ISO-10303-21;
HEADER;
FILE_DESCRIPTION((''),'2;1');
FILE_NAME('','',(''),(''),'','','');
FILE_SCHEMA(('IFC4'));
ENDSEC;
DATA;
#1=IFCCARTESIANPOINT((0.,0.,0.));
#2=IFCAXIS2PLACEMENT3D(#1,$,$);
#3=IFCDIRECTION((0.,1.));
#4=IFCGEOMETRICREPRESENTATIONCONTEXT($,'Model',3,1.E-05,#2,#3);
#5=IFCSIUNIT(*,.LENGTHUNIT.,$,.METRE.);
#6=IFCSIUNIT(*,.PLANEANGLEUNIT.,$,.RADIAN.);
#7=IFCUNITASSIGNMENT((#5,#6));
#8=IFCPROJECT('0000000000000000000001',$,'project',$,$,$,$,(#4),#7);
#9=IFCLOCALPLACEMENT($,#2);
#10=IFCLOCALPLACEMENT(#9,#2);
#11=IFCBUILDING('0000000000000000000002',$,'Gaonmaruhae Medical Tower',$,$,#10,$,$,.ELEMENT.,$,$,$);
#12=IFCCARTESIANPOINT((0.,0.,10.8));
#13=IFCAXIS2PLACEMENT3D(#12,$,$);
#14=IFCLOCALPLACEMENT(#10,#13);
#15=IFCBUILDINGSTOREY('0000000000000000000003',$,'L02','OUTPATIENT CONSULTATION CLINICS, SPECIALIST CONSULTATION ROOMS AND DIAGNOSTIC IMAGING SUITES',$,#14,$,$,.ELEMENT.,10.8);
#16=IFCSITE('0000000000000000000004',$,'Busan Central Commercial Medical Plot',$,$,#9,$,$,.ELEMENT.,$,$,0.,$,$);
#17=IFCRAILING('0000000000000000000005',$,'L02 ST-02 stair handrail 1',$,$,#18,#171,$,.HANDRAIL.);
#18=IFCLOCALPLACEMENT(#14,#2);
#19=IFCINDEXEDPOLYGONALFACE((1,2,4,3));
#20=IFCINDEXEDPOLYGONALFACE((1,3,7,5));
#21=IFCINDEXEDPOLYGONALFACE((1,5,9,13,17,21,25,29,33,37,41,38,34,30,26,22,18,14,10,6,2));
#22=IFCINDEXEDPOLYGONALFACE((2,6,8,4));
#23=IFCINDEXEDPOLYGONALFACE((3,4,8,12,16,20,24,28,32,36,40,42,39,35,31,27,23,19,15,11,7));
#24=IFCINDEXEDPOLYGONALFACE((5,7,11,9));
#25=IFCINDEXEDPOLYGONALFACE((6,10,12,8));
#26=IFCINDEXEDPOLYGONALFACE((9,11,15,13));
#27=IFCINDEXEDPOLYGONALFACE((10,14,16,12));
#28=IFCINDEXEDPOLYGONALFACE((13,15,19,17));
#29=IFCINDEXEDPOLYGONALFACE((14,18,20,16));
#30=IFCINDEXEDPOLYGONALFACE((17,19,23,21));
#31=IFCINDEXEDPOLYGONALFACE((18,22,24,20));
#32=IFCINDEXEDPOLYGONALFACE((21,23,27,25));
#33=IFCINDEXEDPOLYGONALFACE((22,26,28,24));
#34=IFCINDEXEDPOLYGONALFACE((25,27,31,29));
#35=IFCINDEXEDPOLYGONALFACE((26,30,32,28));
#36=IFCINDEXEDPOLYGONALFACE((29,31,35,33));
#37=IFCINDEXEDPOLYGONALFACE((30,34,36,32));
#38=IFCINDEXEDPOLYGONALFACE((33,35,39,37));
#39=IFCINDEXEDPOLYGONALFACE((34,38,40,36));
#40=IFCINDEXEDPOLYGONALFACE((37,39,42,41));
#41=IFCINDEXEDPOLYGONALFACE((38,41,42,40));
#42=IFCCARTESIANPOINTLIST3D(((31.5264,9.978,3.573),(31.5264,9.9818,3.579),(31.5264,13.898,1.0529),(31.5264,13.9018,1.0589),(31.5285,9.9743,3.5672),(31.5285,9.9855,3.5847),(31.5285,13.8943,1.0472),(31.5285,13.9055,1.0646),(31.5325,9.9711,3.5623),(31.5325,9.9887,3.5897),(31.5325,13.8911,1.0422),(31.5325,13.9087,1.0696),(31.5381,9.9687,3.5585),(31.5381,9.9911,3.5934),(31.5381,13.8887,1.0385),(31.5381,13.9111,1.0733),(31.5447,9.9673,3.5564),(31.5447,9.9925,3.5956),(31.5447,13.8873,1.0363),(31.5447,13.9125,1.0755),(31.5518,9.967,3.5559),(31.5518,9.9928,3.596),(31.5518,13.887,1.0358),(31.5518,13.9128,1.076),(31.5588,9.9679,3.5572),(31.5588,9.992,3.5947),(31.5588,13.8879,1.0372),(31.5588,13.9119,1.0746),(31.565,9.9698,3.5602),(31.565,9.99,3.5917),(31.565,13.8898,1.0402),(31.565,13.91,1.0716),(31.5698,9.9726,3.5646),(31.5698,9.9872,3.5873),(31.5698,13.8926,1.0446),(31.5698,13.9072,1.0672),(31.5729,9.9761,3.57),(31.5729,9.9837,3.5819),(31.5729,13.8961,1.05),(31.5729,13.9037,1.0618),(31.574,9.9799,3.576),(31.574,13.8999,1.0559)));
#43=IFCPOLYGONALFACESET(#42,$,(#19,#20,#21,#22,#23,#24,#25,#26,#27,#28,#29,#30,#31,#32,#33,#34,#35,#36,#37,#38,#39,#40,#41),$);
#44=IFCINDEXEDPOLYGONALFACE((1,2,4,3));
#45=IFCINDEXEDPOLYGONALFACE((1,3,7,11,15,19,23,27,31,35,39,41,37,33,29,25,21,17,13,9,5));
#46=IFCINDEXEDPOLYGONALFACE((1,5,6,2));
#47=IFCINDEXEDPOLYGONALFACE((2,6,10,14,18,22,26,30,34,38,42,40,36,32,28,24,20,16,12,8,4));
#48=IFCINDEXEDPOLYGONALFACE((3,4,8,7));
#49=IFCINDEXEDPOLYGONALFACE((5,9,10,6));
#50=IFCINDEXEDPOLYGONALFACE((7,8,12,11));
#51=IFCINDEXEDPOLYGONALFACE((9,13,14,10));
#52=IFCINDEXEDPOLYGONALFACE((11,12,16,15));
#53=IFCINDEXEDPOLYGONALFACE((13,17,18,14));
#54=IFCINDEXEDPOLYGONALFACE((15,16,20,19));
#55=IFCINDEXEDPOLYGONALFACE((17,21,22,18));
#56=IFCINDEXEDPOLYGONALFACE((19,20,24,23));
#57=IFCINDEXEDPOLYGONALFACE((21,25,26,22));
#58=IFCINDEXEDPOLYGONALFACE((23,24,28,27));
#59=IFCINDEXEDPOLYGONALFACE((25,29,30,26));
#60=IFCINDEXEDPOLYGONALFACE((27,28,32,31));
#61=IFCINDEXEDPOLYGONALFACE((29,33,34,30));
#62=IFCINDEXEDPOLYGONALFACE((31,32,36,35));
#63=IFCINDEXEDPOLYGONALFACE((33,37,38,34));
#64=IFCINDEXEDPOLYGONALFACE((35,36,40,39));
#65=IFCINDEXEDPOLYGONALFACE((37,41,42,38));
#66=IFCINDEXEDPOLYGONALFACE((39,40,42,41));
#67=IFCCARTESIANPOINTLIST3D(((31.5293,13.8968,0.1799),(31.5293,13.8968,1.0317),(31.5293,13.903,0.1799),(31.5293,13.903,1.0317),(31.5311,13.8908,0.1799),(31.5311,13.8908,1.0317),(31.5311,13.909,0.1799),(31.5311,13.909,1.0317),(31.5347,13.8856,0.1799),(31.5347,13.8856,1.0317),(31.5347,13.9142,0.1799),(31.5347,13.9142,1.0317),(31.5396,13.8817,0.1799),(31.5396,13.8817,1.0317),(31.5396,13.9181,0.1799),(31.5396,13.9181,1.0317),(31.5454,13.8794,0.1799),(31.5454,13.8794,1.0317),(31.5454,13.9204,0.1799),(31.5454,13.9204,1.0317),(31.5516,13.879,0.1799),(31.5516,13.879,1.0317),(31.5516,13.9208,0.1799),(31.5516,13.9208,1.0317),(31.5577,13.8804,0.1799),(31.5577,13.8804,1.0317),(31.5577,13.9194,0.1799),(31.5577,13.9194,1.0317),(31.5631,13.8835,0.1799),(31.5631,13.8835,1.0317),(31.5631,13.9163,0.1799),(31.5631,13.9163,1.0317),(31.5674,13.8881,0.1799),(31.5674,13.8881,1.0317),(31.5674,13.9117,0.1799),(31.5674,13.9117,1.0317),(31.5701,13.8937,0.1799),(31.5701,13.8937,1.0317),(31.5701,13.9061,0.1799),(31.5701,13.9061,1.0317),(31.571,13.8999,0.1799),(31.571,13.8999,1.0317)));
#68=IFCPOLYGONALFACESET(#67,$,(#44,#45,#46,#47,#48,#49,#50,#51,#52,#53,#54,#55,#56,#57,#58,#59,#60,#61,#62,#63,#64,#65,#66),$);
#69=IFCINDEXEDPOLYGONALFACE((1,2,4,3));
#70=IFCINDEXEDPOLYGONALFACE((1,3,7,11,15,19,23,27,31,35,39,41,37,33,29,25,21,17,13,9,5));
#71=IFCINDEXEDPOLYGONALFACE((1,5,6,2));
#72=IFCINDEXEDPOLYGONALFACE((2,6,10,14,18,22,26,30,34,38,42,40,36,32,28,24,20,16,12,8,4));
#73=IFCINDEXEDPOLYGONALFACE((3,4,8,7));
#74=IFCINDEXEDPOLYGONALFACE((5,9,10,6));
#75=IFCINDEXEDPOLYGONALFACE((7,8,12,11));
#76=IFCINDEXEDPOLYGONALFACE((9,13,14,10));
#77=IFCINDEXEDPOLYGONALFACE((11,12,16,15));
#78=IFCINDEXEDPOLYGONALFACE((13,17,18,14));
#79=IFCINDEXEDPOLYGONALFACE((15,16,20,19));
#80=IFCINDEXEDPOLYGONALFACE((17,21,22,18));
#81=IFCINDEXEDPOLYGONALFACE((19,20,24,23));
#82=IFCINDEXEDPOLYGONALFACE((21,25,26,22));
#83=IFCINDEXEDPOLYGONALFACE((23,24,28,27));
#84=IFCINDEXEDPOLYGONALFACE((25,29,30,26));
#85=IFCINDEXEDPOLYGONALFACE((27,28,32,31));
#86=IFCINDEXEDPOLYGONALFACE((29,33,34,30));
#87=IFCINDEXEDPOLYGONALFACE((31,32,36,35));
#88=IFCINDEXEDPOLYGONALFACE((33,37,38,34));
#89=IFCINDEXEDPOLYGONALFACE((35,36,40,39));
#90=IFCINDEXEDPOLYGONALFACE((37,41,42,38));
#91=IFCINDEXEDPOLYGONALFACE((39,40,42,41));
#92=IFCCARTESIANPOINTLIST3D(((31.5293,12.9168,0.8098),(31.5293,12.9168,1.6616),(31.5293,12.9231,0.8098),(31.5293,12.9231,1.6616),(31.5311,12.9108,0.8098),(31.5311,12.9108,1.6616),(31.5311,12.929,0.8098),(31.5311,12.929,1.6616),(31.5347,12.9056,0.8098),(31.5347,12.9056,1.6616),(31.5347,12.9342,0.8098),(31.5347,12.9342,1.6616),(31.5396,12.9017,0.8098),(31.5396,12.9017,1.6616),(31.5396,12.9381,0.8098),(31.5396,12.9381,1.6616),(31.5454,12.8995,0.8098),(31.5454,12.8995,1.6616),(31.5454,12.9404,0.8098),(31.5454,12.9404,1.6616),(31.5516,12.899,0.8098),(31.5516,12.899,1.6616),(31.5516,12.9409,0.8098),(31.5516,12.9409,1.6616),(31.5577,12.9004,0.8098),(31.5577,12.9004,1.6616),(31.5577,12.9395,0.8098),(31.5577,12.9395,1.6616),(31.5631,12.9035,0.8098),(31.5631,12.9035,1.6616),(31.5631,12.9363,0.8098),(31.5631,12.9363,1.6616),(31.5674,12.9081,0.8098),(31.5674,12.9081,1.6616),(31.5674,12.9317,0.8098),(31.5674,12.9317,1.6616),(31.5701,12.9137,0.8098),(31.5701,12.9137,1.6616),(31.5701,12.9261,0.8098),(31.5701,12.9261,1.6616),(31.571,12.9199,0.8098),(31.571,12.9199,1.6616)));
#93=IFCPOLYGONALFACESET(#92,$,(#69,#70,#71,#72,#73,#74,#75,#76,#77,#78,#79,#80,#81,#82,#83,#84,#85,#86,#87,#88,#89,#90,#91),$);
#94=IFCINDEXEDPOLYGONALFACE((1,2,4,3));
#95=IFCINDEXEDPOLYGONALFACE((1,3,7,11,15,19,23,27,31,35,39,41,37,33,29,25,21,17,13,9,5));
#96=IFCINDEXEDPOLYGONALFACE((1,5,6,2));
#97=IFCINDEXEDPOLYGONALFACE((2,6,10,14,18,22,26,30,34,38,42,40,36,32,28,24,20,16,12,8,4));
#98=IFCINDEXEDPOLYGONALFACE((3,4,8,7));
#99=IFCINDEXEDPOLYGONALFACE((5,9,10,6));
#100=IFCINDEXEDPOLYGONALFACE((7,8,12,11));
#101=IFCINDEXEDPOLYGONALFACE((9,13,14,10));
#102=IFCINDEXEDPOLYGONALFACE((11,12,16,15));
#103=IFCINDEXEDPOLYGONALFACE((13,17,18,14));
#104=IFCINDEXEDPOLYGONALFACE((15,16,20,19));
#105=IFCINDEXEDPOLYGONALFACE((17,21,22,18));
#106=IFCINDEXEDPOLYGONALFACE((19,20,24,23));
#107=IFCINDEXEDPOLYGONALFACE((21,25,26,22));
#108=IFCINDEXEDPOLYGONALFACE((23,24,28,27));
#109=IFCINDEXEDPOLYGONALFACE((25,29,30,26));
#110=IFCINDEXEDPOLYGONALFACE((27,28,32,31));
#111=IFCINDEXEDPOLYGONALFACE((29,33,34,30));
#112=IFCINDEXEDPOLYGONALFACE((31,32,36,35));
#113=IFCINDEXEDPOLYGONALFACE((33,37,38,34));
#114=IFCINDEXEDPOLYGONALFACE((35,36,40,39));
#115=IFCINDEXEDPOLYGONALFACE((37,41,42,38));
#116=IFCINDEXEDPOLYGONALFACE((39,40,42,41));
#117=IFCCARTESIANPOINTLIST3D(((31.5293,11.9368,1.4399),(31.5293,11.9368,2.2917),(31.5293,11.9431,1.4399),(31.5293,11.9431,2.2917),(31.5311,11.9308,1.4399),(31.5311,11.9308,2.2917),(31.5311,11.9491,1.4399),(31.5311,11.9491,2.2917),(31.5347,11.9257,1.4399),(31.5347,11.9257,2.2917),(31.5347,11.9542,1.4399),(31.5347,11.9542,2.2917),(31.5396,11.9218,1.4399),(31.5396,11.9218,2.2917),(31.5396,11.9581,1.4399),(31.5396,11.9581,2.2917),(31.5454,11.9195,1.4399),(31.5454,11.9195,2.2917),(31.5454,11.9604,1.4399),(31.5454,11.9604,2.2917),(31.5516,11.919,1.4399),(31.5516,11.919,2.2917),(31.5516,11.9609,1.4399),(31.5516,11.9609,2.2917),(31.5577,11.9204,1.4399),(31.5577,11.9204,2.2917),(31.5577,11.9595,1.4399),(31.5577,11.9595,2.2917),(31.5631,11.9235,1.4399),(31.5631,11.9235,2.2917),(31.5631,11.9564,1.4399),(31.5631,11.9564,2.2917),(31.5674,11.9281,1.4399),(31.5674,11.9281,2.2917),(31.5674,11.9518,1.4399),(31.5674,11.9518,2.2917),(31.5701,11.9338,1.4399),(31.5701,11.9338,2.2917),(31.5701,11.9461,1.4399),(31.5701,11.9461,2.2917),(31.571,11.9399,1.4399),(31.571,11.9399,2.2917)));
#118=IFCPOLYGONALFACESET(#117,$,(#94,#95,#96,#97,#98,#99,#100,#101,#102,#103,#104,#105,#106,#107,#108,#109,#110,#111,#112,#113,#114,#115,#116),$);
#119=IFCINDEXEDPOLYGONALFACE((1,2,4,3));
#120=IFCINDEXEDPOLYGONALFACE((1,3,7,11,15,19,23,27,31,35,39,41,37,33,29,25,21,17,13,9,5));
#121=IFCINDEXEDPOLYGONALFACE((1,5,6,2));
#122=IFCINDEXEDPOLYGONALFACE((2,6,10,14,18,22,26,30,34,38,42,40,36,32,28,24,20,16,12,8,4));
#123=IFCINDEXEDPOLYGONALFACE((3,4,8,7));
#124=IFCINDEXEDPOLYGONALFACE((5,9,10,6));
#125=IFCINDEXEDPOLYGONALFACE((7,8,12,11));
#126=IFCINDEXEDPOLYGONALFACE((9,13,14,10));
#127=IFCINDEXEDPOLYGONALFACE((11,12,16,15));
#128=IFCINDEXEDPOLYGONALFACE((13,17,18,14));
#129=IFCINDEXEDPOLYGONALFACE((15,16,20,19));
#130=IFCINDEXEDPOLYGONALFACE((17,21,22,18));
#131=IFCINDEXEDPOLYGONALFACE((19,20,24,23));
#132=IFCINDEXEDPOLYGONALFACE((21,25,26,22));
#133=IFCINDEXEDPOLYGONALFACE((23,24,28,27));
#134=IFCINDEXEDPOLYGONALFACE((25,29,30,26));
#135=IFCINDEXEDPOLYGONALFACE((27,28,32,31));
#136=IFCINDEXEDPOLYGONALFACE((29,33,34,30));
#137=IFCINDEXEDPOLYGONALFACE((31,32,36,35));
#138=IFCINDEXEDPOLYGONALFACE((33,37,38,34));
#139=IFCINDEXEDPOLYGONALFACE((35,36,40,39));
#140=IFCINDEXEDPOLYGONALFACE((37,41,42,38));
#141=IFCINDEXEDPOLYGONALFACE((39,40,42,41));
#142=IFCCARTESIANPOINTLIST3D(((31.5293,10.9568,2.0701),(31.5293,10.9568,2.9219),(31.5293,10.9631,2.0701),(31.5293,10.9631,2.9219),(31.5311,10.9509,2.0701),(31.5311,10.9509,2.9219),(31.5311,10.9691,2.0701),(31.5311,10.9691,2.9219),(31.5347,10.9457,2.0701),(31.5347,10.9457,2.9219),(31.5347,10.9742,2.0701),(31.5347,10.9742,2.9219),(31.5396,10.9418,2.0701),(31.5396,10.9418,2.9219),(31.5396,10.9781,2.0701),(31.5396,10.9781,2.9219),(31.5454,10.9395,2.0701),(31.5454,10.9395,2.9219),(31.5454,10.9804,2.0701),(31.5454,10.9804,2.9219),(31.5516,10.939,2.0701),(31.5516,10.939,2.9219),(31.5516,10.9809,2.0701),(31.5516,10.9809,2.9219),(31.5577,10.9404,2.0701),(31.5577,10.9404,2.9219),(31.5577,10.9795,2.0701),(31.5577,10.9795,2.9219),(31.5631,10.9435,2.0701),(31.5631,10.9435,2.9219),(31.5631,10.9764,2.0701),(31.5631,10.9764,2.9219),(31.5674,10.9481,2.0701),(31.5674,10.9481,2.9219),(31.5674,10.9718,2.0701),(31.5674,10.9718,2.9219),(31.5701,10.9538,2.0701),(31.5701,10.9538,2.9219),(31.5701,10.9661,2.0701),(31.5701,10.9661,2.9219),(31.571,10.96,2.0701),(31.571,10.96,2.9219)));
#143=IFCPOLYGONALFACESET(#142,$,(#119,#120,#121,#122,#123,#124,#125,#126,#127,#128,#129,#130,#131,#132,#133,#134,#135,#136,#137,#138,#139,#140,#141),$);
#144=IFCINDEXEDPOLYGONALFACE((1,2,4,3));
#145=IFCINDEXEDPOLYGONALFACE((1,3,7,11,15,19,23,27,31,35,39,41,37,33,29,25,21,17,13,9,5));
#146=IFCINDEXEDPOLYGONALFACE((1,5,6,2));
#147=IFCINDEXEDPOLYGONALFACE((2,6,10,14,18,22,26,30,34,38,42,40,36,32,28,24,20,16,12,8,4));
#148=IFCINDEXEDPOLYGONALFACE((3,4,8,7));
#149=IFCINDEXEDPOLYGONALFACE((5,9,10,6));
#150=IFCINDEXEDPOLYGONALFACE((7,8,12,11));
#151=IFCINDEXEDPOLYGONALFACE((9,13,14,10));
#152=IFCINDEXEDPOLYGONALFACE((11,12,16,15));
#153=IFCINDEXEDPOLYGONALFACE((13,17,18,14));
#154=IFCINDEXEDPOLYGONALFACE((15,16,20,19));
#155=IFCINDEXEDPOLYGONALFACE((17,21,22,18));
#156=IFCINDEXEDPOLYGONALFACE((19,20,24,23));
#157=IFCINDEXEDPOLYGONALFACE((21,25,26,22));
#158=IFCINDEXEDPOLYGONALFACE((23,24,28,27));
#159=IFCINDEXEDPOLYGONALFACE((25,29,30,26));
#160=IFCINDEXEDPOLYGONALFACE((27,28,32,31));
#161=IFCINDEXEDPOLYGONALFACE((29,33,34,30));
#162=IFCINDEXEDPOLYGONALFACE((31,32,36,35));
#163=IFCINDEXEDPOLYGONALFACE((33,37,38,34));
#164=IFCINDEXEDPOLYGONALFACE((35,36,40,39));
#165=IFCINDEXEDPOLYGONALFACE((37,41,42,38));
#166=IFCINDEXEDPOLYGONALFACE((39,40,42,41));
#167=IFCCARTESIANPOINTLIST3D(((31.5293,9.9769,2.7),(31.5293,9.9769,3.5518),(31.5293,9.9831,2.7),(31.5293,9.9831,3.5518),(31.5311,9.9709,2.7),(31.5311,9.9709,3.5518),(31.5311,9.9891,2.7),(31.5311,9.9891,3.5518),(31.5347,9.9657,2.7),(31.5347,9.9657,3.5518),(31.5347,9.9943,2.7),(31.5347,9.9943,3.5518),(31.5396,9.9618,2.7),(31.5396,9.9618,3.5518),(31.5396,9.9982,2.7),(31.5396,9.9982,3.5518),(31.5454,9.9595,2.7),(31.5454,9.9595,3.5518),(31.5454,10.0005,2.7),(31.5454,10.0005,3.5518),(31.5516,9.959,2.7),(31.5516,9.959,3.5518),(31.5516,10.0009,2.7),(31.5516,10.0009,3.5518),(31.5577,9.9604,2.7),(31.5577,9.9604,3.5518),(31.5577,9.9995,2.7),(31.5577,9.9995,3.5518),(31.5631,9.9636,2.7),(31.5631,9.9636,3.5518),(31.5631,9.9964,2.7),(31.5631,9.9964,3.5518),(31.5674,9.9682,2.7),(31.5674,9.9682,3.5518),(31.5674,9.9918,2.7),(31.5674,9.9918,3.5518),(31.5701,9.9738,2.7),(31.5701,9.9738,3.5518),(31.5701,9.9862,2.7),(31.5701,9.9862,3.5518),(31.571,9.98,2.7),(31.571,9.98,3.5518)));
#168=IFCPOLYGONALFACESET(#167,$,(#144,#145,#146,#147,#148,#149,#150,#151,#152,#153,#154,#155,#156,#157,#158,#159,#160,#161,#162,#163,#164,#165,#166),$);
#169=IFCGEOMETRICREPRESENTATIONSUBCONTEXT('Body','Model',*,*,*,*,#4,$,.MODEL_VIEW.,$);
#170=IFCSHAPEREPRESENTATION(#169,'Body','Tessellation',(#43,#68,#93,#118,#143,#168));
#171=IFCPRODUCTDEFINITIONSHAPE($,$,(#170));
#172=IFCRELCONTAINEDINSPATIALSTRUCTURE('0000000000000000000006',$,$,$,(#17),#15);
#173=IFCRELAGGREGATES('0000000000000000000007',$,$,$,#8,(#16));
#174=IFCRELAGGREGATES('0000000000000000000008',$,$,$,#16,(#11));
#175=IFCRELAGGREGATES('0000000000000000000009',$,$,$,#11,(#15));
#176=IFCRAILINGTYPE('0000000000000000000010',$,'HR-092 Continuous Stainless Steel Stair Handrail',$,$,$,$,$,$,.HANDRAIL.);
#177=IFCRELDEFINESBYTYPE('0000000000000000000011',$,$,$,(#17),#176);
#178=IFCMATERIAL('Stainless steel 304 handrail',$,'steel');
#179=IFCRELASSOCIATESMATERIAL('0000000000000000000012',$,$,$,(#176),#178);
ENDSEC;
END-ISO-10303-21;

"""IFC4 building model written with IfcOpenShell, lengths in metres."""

from ifc_helpers import new_model, si_unit, direction, frame, origin, origin_2d, place, context, subcontext, project, spatial, circle, extrude, material, type_object, element, save


model = new_model("IFC4")

# Units and contexts
model_context = context("Model", 3, precision=1e-05, world=origin(), true_north=direction((0.0, 1.0)))
body_context = subcontext(model_context, "Body", "Model", "MODEL_VIEW")
ifc_project = project(units=[si_unit("LENGTHUNIT", "METRE"), si_unit("PLANEANGLEUNIT", "RADIAN")], contexts=[model_context])

# Site, building, storey
site_placement = place(None, origin())
site = spatial("IfcSite", under=ifc_project, at=site_placement, Name="Busan Central Commercial Medical Plot", CompositionType="ELEMENT", RefElevation=0.0)
building_placement = place(site_placement, origin())
building = spatial("IfcBuilding", under=site, at=building_placement, Name="Gaonmaruhae Medical Tower", CompositionType="ELEMENT")
storey_placement = place(building_placement, frame((0.0, 0.0, 10.8)))
storey = spatial("IfcBuildingStorey", under=building, at=storey_placement, Name="L02", Description="OUTPATIENT CONSULTATION CLINICS, SPECIALIST CONSULTATION ROOMS AND DIAGNOSTIC IMAGING SUITES", CompositionType="ELEMENT", Elevation=10.8)

# Railing
ifc_material_1 = material(Name="Stainless steel 304 handrail", Category="steel")
railing_type_1 = type_object("IfcRailingType", Name="HR-092 Continuous Stainless Steel Stair Handrail", PredefinedType="HANDRAIL", material=ifc_material_1)
railing_1_placement = place(storey_placement, frame((31.55, 13.8999, 0.1799)))
element("IfcRailing", 1, at=railing_1_placement, inside=storey, type_object=railing_type_1, Name="L02 ST-02 stair handrail 1", PredefinedType="HANDRAIL", context=body_context, shape_type="SweptSolid", body=[
    extrude(circle(Radius=0.0239, at=origin_2d()), frame((0.0, 0.0, 0.876), z_axis=(0.0, -0.841172, 0.540768), x_axis=(1.0, 0.0, 0.0)), (0.0, 0.0, 1.0), 4.6602),
    extrude(circle(Radius=0.021, at=origin_2d()), origin(), (0.0, 0.0, 1.0), 0.8518),
    extrude(circle(Radius=0.021, at=origin_2d()), frame((0.0, -0.98, 0.6299)), (0.0, 0.0, 1.0), 0.8518),
    extrude(circle(Radius=0.021, at=origin_2d()), frame((0.0, -1.96, 1.26)), (0.0, 0.0, 1.0), 0.8518),
    extrude(circle(Radius=0.021, at=origin_2d()), frame((0.0, -2.9399, 1.8901)), (0.0, 0.0, 1.0), 0.8518),
    extrude(circle(Radius=0.021, at=origin_2d()), frame((0.0, -3.9199, 2.52)), (0.0, 0.0, 1.0), 0.8518),
])

save(model, "model.ifc")
